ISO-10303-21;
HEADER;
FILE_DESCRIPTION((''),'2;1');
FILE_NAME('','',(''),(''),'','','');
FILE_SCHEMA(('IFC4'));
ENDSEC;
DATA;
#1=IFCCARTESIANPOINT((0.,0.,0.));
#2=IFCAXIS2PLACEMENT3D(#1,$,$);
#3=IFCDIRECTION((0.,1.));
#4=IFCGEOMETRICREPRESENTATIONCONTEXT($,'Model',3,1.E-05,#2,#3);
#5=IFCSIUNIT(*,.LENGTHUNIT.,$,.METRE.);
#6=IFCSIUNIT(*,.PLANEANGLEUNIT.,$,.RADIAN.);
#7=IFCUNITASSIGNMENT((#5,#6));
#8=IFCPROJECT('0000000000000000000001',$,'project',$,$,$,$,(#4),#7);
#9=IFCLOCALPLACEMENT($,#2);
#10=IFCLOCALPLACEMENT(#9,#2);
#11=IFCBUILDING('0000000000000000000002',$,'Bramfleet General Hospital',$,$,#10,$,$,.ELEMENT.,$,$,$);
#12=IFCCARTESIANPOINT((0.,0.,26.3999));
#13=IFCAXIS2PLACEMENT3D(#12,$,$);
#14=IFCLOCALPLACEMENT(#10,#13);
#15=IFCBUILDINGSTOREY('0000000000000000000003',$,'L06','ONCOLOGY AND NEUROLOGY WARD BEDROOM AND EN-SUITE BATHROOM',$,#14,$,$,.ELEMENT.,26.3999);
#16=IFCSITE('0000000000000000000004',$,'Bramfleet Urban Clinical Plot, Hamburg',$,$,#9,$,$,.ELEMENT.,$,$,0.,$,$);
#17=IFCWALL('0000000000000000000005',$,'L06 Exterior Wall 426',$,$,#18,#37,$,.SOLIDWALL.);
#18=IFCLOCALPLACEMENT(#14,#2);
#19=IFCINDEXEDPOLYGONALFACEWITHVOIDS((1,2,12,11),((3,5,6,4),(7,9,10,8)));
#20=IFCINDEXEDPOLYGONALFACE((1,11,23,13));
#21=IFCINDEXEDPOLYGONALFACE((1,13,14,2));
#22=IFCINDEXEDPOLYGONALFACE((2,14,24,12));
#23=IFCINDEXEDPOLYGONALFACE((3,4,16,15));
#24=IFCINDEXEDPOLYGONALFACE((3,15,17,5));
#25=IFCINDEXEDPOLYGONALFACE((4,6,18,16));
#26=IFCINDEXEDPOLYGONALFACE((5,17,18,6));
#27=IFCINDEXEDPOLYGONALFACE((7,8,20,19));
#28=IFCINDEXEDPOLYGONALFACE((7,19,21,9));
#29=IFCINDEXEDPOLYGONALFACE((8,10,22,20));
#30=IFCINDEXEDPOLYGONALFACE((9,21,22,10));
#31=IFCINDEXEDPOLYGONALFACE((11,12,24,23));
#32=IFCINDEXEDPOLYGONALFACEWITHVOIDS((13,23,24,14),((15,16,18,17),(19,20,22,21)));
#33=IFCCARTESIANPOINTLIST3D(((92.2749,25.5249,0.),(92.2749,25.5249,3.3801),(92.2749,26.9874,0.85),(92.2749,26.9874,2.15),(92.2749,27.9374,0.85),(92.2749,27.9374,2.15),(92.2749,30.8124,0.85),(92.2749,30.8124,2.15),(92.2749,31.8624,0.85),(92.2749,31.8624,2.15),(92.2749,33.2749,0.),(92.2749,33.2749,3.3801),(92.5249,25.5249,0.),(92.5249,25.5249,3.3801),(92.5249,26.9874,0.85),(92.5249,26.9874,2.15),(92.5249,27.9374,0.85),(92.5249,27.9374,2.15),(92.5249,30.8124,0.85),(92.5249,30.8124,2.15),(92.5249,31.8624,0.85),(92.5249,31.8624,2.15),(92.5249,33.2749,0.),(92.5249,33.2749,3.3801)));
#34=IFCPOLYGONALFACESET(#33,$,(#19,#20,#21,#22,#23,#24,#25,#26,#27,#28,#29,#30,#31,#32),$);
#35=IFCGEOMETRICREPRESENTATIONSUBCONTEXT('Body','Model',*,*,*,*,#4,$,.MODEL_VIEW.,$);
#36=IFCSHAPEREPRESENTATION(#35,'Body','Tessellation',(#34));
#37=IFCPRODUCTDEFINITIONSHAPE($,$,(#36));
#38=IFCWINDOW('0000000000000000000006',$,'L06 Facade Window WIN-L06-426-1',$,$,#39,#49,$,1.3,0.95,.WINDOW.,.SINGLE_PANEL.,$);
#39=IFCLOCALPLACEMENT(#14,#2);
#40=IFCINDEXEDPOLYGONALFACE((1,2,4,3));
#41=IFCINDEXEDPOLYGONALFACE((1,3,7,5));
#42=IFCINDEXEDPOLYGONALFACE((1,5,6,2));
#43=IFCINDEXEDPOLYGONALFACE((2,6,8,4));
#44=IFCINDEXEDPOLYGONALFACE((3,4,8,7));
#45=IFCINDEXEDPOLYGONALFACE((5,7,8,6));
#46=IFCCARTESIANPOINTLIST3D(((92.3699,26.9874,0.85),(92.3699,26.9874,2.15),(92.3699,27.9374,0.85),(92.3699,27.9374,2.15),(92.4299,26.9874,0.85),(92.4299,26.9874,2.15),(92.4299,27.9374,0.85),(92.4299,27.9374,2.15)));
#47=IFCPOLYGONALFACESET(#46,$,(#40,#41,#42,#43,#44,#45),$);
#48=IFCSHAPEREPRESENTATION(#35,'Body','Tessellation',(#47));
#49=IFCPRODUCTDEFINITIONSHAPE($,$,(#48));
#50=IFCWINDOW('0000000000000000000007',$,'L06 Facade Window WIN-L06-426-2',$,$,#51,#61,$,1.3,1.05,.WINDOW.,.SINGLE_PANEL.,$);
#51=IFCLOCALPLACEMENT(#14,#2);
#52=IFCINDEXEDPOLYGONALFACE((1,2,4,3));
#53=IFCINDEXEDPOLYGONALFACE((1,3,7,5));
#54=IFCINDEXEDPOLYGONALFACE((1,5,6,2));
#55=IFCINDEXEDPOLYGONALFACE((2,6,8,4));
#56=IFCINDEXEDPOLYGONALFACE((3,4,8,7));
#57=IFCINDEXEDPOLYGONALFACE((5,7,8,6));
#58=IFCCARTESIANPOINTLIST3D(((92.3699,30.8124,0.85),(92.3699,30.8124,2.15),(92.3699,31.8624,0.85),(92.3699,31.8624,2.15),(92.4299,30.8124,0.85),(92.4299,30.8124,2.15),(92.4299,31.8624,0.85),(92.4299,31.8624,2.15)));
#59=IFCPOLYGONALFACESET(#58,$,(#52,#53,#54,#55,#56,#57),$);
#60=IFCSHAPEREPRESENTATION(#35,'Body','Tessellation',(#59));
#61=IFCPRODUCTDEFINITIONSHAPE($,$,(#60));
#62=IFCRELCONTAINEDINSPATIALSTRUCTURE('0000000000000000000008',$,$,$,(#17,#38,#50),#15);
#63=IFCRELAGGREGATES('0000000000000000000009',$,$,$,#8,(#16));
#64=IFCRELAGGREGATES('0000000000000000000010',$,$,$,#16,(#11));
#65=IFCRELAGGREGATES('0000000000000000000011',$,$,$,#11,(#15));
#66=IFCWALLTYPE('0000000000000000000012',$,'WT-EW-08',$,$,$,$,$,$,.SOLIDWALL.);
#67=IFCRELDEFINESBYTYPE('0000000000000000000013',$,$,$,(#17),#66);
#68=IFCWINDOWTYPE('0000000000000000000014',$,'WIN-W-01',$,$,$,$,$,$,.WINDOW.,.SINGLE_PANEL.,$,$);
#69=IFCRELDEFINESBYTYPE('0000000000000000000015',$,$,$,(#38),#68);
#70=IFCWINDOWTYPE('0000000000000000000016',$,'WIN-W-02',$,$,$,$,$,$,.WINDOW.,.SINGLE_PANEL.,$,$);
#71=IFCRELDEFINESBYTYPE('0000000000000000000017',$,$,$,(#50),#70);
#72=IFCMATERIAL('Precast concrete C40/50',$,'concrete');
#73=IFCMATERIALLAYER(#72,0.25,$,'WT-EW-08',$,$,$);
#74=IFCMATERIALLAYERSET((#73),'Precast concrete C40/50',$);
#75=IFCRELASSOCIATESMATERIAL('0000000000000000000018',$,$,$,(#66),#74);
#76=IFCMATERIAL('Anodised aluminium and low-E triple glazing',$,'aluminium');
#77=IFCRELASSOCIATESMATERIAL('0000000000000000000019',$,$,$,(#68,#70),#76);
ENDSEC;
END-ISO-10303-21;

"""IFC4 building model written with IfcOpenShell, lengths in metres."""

from ifc_helpers import new_model, si_unit, direction, frame, frame_2d, origin, place, context, subcontext, project, spatial, rectangle, extrude, material, layer, layer_set, type_object, element, fill, save


model = new_model("IFC4")

# Units and contexts
model_context = context("Model", 3, precision=1e-05, world=origin(), true_north=direction((0.0, 1.0)))
body_context = subcontext(model_context, "Body", "Model", "MODEL_VIEW")
ifc_project = project(units=[si_unit("LENGTHUNIT", "METRE"), si_unit("PLANEANGLEUNIT", "RADIAN")], contexts=[model_context])

# Site, building, storey
site_placement = place(None, origin())
site = spatial("IfcSite", under=ifc_project, at=site_placement, Name="Bramfleet Urban Clinical Plot, Hamburg", CompositionType="ELEMENT", RefElevation=0.0)
building_placement = place(site_placement, origin())
building = spatial("IfcBuilding", under=site, at=building_placement, Name="Bramfleet General Hospital", CompositionType="ELEMENT")
storey_placement = place(building_placement, frame((0.0, 0.0, 26.3999)))
storey = spatial("IfcBuildingStorey", under=building, at=storey_placement, Name="L06", Description="ONCOLOGY AND NEUROLOGY WARD BEDROOM AND EN-SUITE BATHROOM", CompositionType="ELEMENT", Elevation=26.3999)

# Wall, openings, windows
ifc_material_1 = material(Name="Precast concrete C40/50", Category="concrete")
ifc_material_2 = material(Name="Anodised aluminium and low-E triple glazing", Category="aluminium")
ifc_layer_1 = layer(ifc_material_1, 0.25, Name="WT-EW-08")
ifc_layer_set_1 = layer_set([ifc_layer_1], Name="Precast concrete C40/50")
wall_type_1 = type_object("IfcWallType", Name="WT-EW-08", PredefinedType="SOLIDWALL", material=ifc_layer_set_1)
wall_1_placement = place(storey_placement, frame((92.3999, 25.5249, 0.0), z_axis=(0.0, 0.0, 1.0), x_axis=(0.0, 1.0, 0.0)))
wall_1 = element("IfcWall", 1, at=wall_1_placement, inside=storey, type_object=wall_type_1, Name="L06 Exterior Wall 426", PredefinedType="SOLIDWALL", context=body_context, shape_type="SweptSolid", body=[
    extrude(rectangle(XDim=7.75, YDim=0.25, at=frame_2d((3.875, 0.0))), origin(), (0.0, 0.0, 1.0), 3.3801),
])
opening_1_placement = place(wall_1_placement, frame((1.4624, 0.0, 0.8501)))
opening_1 = element("IfcOpeningElement", 2, at=opening_1_placement, cuts=wall_1, PredefinedType="OPENING", context=body_context, shape_type="SweptSolid", body=[
    extrude(rectangle(XDim=0.95, YDim=1.3, at=frame_2d((0.4751, 0.6499))), frame((0.0, 0.135, 0.0), z_axis=(0.0, -1.0, 0.0), x_axis=(1.0, 0.0, 0.0)), (0.0, 0.0, 1.0), 0.27),
])
opening_2_placement = place(wall_1_placement, frame((5.2876, 0.0, 0.8501)))
opening_2 = element("IfcOpeningElement", 3, at=opening_2_placement, cuts=wall_1, PredefinedType="OPENING", context=body_context, shape_type="SweptSolid", body=[
    extrude(rectangle(XDim=1.05, YDim=1.3, at=frame_2d((0.5249, 0.6499))), frame((0.0, 0.135, 0.0), z_axis=(0.0, -1.0, 0.0), x_axis=(1.0, 0.0, 0.0)), (0.0, 0.0, 1.0), 0.27),
])
window_type_1 = type_object("IfcWindowType", Name="WIN-W-01", PartitioningType="SINGLE_PANEL", PredefinedType="WINDOW", material=ifc_material_2)
window_1_placement = place(opening_1_placement, origin())
window_1 = element("IfcWindow", 4, at=window_1_placement, inside=storey, type_object=window_type_1, Name="L06 Facade Window WIN-L06-426-1", OverallHeight=1.3, OverallWidth=0.95, PartitioningType="SINGLE_PANEL", PredefinedType="WINDOW", context=body_context, shape_type="SweptSolid", body=[
    extrude(rectangle(XDim=0.95, YDim=1.3, at=frame_2d((0.4751, 0.6499))), frame((0.0, 0.03, 0.0), z_axis=(0.0, -1.0, 0.0), x_axis=(1.0, 0.0, 0.0)), (0.0, 0.0, 1.0), 0.0601),
])
fill(opening_1, window_1)
window_type_2 = type_object("IfcWindowType", Name="WIN-W-02", PartitioningType="SINGLE_PANEL", PredefinedType="WINDOW", material=ifc_material_2)
window_2_placement = place(opening_2_placement, origin())
window_2 = element("IfcWindow", 5, at=window_2_placement, inside=storey, type_object=window_type_2, Name="L06 Facade Window WIN-L06-426-2", OverallHeight=1.3, OverallWidth=1.05, PartitioningType="SINGLE_PANEL", PredefinedType="WINDOW", context=body_context, shape_type="SweptSolid", body=[
    extrude(rectangle(XDim=1.05, YDim=1.3, at=frame_2d((0.5249, 0.6499))), frame((0.0, 0.03, 0.0), z_axis=(0.0, -1.0, 0.0), x_axis=(1.0, 0.0, 0.0)), (0.0, 0.0, 1.0), 0.0601),
])
fill(opening_2, window_2)

save(model, "model.ifc")
